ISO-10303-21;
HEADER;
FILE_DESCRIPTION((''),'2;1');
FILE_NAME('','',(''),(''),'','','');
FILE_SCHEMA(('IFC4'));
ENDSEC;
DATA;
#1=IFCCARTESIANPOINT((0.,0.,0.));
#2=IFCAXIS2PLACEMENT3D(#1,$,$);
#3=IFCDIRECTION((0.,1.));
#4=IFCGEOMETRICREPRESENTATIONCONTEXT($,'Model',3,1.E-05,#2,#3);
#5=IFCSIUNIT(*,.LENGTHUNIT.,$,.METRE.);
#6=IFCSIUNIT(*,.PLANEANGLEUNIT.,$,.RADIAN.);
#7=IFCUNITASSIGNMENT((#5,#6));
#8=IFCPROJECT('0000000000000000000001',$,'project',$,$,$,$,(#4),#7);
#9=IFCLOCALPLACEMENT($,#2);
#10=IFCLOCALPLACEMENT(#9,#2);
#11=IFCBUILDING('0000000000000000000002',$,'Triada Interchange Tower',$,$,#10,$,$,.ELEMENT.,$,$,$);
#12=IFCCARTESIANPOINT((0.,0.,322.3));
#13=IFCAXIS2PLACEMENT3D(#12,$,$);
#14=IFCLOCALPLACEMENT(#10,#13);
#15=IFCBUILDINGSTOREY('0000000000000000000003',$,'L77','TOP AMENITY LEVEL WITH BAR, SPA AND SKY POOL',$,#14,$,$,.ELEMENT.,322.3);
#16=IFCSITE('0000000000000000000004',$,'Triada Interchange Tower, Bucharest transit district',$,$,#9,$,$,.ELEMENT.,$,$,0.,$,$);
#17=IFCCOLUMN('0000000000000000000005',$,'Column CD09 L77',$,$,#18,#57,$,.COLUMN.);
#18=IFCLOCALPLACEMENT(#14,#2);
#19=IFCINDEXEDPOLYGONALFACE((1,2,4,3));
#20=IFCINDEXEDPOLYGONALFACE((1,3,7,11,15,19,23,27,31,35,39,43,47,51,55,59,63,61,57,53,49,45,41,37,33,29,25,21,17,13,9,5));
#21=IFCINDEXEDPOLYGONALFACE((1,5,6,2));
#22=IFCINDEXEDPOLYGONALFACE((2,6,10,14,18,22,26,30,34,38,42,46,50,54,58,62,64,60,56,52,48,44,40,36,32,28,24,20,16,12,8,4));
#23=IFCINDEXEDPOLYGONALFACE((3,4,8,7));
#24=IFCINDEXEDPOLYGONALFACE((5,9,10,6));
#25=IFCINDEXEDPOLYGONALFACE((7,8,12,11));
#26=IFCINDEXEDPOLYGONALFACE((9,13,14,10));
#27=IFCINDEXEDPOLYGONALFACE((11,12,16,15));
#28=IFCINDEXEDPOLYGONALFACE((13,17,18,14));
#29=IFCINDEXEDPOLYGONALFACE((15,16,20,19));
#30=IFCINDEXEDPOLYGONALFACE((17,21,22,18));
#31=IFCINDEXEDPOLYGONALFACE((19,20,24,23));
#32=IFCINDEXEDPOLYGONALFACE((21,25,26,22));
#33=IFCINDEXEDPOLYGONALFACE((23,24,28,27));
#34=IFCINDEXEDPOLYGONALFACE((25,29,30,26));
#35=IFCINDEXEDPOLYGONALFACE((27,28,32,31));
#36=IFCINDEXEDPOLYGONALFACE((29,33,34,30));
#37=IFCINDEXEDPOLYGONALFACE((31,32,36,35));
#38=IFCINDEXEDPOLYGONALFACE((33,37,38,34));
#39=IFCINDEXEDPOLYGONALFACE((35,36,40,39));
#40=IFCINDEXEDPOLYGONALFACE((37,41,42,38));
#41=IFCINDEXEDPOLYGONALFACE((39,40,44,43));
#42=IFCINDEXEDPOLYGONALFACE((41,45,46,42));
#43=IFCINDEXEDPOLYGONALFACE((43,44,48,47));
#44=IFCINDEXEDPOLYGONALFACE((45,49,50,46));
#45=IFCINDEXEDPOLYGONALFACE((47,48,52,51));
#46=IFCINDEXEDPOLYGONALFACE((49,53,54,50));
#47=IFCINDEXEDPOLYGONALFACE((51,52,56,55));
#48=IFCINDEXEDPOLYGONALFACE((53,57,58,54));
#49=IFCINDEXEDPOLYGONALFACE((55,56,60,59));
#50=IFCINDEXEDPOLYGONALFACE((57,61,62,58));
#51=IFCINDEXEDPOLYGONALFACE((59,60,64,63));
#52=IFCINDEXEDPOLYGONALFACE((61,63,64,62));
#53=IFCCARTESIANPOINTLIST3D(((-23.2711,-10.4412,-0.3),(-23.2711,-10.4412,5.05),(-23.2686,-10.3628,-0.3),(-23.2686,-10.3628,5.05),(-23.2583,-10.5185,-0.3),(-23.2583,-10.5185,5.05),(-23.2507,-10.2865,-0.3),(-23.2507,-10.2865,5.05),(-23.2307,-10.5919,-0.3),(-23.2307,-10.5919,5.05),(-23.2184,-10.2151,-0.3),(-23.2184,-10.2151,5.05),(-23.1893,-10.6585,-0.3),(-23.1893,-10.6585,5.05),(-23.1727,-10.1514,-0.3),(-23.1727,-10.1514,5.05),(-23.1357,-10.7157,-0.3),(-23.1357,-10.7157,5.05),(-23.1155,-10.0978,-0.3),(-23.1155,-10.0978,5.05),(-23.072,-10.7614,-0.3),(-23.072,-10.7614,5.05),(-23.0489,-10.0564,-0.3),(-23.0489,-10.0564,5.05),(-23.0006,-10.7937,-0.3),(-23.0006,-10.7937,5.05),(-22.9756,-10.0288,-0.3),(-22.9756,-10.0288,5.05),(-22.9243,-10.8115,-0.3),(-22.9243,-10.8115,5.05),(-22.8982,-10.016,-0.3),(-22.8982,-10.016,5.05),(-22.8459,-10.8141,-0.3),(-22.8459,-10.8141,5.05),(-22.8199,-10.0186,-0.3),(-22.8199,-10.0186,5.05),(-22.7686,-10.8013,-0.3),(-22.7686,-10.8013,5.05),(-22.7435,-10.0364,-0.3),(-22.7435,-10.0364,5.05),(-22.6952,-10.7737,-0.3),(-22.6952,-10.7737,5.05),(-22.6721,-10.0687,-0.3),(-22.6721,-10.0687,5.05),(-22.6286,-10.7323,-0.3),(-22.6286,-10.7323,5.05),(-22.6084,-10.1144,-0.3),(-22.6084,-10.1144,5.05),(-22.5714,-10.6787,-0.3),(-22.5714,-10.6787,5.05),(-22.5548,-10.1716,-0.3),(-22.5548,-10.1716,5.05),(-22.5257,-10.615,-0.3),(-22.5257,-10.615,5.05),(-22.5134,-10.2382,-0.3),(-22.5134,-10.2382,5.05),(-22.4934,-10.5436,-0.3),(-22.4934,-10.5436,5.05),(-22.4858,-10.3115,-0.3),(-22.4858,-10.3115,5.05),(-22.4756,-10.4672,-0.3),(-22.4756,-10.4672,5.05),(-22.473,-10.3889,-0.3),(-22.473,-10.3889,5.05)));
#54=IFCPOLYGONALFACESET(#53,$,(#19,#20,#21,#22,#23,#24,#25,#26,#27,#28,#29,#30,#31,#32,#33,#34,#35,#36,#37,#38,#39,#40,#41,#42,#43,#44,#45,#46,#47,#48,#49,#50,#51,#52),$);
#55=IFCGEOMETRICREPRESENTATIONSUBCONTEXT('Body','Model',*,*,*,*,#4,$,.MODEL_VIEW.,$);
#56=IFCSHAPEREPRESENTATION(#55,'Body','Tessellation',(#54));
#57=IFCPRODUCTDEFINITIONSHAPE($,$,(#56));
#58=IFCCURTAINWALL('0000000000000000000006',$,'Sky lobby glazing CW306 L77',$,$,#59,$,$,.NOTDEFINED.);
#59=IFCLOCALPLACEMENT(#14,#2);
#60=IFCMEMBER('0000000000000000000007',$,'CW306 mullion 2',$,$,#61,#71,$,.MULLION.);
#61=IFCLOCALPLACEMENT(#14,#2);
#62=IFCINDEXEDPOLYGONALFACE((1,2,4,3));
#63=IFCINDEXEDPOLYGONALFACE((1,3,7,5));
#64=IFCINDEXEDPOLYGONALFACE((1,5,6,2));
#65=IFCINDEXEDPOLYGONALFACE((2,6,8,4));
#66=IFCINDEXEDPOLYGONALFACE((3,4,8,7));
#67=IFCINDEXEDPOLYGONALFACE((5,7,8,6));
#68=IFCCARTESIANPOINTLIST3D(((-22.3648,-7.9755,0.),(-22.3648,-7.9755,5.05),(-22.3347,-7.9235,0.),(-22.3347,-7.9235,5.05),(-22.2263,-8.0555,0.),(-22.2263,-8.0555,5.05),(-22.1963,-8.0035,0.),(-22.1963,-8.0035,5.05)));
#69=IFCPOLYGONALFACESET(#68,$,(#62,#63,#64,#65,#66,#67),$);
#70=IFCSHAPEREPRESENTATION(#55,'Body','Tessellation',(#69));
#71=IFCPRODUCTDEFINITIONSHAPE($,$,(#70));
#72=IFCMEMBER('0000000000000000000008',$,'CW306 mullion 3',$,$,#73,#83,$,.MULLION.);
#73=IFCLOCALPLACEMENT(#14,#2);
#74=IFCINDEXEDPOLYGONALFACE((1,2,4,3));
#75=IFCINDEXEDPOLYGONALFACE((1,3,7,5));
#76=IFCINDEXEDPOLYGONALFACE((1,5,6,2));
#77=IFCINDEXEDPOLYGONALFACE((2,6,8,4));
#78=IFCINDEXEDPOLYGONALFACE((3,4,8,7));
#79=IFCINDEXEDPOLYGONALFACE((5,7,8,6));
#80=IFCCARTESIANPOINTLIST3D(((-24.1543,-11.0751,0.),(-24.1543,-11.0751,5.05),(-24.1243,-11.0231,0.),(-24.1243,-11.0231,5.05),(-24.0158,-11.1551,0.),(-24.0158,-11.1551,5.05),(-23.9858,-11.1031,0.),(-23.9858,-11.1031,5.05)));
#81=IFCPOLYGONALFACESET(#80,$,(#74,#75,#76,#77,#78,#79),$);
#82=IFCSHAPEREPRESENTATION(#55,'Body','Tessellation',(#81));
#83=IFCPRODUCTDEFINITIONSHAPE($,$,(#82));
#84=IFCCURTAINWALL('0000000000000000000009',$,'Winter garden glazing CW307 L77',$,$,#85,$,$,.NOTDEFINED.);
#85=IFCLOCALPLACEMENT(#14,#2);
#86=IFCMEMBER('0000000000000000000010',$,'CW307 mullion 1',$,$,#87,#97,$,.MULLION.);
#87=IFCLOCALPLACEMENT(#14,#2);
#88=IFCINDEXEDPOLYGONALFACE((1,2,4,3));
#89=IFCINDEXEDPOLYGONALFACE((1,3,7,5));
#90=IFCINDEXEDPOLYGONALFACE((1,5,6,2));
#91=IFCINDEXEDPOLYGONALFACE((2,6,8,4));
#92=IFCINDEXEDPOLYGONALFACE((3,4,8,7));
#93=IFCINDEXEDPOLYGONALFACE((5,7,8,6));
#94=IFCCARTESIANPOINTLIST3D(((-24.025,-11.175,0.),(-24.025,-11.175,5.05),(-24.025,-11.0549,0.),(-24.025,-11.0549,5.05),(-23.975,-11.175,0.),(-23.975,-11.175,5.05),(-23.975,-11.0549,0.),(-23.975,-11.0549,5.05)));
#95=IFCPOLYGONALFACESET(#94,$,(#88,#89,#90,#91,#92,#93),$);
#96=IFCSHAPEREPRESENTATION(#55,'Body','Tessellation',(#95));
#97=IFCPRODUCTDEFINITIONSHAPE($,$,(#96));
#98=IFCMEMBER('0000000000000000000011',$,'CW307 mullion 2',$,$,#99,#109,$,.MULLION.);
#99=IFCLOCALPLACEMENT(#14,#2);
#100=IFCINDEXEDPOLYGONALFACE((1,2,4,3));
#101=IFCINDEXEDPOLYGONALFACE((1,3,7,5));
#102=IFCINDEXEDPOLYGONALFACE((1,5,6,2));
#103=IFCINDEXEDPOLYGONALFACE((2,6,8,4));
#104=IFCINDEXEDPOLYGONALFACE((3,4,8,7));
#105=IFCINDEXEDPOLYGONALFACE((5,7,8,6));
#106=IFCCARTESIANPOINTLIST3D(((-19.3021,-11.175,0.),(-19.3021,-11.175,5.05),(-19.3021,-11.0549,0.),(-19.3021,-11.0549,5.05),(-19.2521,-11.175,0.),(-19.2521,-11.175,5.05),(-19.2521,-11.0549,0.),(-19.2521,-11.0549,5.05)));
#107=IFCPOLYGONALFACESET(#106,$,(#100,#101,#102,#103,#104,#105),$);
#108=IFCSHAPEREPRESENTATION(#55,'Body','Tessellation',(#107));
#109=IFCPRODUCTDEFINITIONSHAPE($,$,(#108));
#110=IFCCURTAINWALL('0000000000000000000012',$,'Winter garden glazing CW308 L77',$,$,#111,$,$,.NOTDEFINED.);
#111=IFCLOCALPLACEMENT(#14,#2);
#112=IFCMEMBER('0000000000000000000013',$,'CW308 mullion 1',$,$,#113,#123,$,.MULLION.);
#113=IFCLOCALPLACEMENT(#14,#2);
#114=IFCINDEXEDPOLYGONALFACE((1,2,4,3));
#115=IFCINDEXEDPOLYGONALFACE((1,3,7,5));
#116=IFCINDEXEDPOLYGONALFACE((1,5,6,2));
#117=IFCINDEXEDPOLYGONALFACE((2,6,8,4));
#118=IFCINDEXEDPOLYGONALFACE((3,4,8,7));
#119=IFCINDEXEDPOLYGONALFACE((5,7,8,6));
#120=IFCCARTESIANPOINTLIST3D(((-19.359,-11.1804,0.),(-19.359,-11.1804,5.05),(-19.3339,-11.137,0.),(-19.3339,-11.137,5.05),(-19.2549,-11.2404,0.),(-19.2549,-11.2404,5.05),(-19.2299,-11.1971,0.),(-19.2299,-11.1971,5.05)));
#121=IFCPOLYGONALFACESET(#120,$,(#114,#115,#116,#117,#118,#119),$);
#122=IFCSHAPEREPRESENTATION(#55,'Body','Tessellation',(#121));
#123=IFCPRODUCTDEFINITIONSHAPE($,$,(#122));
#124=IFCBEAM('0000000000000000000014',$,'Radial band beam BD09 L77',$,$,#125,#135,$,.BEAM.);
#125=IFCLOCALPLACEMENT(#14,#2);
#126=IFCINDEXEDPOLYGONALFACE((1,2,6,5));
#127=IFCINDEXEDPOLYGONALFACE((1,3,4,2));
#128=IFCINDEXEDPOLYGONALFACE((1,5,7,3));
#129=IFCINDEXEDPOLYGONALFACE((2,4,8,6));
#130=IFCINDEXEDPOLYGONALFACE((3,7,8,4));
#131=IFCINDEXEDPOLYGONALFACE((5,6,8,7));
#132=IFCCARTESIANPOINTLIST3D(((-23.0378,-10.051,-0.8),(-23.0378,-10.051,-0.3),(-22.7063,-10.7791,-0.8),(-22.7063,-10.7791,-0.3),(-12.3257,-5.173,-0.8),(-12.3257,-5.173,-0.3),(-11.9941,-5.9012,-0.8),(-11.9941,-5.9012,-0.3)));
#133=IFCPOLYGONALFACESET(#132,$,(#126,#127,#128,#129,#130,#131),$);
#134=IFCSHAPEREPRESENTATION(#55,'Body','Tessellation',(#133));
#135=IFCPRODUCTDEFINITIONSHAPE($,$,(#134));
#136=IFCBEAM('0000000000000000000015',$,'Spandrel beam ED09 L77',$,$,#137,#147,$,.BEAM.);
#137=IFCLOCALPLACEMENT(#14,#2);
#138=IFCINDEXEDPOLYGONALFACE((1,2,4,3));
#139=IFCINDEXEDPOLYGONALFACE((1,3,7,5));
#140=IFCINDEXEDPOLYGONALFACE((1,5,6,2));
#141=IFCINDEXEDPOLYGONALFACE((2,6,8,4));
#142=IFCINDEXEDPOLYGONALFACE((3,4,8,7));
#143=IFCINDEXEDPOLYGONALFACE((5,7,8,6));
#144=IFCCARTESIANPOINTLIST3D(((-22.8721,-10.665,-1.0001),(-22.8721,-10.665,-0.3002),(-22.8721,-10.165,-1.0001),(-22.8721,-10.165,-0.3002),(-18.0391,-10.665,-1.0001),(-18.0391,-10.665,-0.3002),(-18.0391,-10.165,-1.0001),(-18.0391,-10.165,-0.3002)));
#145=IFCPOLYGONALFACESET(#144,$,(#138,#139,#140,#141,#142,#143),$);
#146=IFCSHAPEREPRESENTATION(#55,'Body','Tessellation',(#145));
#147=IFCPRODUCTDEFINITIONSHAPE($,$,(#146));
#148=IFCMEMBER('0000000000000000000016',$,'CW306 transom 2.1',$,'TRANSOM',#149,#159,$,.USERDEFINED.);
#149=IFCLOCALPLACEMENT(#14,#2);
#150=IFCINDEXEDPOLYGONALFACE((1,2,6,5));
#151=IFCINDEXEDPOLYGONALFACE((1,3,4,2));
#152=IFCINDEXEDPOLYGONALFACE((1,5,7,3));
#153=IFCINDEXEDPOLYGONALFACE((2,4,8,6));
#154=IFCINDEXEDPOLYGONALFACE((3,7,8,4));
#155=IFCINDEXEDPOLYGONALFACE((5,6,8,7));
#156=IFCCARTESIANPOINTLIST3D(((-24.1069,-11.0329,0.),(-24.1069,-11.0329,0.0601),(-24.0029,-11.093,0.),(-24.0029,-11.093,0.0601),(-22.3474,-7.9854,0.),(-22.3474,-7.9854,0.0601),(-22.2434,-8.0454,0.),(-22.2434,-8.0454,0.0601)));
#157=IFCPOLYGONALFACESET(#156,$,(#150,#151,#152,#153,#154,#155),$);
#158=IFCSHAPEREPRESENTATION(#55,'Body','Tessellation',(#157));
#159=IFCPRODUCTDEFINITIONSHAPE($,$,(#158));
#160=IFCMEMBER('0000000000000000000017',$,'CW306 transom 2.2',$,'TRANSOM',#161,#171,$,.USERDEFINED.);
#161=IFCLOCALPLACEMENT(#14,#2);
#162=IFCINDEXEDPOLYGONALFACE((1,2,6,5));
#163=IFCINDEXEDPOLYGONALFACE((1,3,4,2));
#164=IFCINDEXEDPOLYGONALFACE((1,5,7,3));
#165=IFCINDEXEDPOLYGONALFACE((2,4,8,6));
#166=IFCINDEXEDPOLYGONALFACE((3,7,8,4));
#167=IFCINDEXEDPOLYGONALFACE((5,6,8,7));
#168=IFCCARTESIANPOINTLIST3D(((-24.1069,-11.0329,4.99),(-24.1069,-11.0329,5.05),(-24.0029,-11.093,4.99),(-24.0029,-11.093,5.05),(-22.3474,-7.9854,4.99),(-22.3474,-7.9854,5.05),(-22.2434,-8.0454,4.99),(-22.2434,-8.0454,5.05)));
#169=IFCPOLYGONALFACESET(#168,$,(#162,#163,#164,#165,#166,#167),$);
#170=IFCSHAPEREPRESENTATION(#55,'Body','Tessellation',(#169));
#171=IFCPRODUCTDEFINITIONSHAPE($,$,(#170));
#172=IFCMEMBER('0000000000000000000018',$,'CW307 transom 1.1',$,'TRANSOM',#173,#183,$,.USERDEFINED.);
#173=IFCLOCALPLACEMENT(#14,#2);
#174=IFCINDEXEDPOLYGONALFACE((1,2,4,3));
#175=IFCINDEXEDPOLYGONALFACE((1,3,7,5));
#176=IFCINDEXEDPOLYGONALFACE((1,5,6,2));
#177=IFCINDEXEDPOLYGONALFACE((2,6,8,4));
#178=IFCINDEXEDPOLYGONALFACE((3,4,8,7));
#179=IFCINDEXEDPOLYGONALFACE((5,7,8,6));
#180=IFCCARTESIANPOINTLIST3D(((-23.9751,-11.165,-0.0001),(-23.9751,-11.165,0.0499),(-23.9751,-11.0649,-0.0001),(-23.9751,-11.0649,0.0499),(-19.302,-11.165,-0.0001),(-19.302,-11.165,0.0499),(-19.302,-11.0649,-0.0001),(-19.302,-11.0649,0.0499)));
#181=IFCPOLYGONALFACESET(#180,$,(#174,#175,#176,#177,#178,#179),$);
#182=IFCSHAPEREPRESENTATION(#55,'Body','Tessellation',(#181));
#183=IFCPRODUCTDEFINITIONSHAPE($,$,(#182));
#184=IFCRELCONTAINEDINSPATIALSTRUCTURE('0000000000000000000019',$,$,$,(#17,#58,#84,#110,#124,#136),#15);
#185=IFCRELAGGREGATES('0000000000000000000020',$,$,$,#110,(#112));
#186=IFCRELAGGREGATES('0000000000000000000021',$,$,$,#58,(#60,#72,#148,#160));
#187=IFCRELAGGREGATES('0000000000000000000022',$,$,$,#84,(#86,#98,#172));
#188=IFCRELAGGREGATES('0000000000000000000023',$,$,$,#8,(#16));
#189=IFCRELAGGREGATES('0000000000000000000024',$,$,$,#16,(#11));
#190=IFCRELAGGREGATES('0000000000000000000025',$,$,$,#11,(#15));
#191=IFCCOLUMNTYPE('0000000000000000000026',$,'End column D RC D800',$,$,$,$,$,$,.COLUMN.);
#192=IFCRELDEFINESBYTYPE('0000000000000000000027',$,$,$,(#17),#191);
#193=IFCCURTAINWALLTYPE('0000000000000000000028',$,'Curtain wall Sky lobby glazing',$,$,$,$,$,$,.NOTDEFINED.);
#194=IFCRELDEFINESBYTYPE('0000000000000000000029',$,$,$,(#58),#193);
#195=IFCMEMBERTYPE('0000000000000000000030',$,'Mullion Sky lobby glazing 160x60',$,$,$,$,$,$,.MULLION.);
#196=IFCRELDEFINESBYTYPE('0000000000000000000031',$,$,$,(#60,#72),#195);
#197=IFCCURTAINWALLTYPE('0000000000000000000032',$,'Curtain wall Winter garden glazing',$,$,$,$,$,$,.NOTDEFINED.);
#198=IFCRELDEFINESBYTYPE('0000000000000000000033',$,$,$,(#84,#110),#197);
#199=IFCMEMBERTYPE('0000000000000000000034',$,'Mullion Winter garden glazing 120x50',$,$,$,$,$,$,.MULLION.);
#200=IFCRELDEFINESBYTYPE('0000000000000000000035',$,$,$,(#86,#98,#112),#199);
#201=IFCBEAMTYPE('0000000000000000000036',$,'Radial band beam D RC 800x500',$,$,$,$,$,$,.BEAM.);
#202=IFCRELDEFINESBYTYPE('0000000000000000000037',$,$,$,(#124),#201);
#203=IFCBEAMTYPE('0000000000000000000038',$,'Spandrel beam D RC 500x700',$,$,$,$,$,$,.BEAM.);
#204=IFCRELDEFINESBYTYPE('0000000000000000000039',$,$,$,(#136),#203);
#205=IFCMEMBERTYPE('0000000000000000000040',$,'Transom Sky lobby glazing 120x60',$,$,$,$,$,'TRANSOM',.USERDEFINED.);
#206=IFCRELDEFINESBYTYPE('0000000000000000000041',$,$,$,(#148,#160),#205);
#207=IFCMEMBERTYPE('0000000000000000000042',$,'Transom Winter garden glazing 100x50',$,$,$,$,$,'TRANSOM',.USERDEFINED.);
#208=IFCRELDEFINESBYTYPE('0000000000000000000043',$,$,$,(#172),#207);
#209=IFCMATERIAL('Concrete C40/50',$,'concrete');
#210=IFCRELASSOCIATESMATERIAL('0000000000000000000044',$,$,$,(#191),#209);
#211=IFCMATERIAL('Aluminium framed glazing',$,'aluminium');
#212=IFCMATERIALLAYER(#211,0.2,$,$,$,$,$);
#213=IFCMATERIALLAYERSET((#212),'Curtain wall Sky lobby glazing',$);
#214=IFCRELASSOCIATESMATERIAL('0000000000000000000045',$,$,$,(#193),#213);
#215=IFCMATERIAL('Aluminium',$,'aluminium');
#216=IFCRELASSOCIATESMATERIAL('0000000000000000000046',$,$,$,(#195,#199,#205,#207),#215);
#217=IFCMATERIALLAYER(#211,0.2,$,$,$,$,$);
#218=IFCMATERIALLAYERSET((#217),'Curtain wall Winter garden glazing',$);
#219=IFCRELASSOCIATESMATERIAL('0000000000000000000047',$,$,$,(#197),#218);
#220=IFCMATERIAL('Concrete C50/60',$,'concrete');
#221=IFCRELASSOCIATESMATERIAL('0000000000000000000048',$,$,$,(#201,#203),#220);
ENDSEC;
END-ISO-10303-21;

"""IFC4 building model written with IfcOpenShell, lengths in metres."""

from ifc_helpers import new_model, si_unit, direction, frame, origin, origin_2d, place, context, subcontext, project, spatial, rectangle, circle, extrude, material, layer, layer_set, material_profile, profile_set, type_object, element, aggregate, save


model = new_model("IFC4")

# Units and contexts
model_context = context("Model", 3, precision=1e-05, world=origin(), true_north=direction((0.0, 1.0)))
body_context = subcontext(model_context, "Body", "Model", "MODEL_VIEW")
ifc_project = project(units=[si_unit("LENGTHUNIT", "METRE"), si_unit("PLANEANGLEUNIT", "RADIAN")], contexts=[model_context])

# Site, building, storey
site_placement = place(None, origin())
site = spatial("IfcSite", under=ifc_project, at=site_placement, Name="Triada Interchange Tower, Bucharest transit district", CompositionType="ELEMENT", RefElevation=0.0)
building_placement = place(site_placement, origin())
building = spatial("IfcBuilding", under=site, at=building_placement, Name="Triada Interchange Tower", CompositionType="ELEMENT")
storey_placement = place(building_placement, frame((0.0, 0.0, 322.3)))
storey = spatial("IfcBuildingStorey", under=building, at=storey_placement, Name="L77", Description="TOP AMENITY LEVEL WITH BAR, SPA AND SKY POOL", CompositionType="ELEMENT", Elevation=322.3)

# Column
ifc_material_1 = material(Name="Concrete C40/50", Category="concrete")
ifc_material_profile_1 = material_profile(ifc_material_1, circle(Radius=0.3999, at=origin_2d()), Name="RC D800")
ifc_profile_set_1 = profile_set([ifc_material_profile_1], Name="Concrete C40/50")
column_type = type_object("IfcColumnType", Name="End column D RC D800", PredefinedType="COLUMN", material=ifc_profile_set_1)
column_placement = place(storey_placement, frame((-22.8721, -10.415, -0.3), z_axis=(0.0, 0.0, 1.0), x_axis=(0.5, 0.866025, 0.0)))
element("IfcColumn", 1, at=column_placement, inside=storey, type_object=column_type, Name="Column CD09 L77", PredefinedType="COLUMN", context=body_context, shape_type="SweptSolid", body=[
    extrude(circle(Radius=0.3999, at=origin_2d()), origin(), (0.0, 0.0, 1.0), 5.3501),
])

# Curtain walls, members
ifc_material_2 = material(Name="Aluminium framed glazing", Category="aluminium")
ifc_layer_1 = layer(ifc_material_2, 0.2)
ifc_layer_set_1 = layer_set([ifc_layer_1], Name="Curtain wall Sky lobby glazing")
curtain_wall_type_1 = type_object("IfcCurtainWallType", Name="Curtain wall Sky lobby glazing", PredefinedType="NOTDEFINED", material=ifc_layer_set_1)
curtain_wall_1_placement = place(storey_placement, origin())
curtain_wall_1 = element("IfcCurtainWall", 2, at=curtain_wall_1_placement, inside=storey, type_object=curtain_wall_type_1, Name="Sky lobby glazing CW306 L77", PredefinedType="NOTDEFINED")
ifc_material_3 = material(Name="Aluminium", Category="aluminium")
ifc_material_profile_2 = material_profile(ifc_material_3, rectangle(XDim=0.1599, YDim=0.0601, at=origin_2d()), Name="Aluminium mullion")
ifc_profile_set_2 = profile_set([ifc_material_profile_2], Name="Aluminium")
member_type_1 = type_object("IfcMemberType", Name="Mullion Sky lobby glazing 160x60", PredefinedType="MULLION", material=ifc_profile_set_2)
member_1_placement = place(storey_placement, frame((-22.2805, -7.9895, 0.0), z_axis=(0.0, 0.0, 1.0), x_axis=(0.866026, -0.499998, 0.0)))
member_1 = element("IfcMember", 3, at=member_1_placement, type_object=member_type_1, Name="CW306 mullion 2", PredefinedType="MULLION", context=body_context, shape_type="SweptSolid", body=[
    extrude(rectangle(XDim=0.1599, YDim=0.0601, at=origin_2d()), origin(), (0.0, 0.0, 1.0), 5.05),
])
member_2_placement = place(storey_placement, frame((-24.0701, -11.0891, 0.0), z_axis=(0.0, 0.0, 1.0), x_axis=(0.866026, -0.499998, 0.0)))
member_2 = element("IfcMember", 4, at=member_2_placement, type_object=member_type_1, Name="CW306 mullion 3", PredefinedType="MULLION", context=body_context, shape_type="SweptSolid", body=[
    extrude(rectangle(XDim=0.1599, YDim=0.0601, at=origin_2d()), origin(), (0.0, 0.0, 1.0), 5.05),
])
ifc_layer_2 = layer(ifc_material_2, 0.2)
ifc_layer_set_2 = layer_set([ifc_layer_2], Name="Curtain wall Winter garden glazing")
curtain_wall_type_2 = type_object("IfcCurtainWallType", Name="Curtain wall Winter garden glazing", PredefinedType="NOTDEFINED", material=ifc_layer_set_2)
curtain_wall_2_placement = place(storey_placement, origin())
curtain_wall_2 = element("IfcCurtainWall", 5, at=curtain_wall_2_placement, inside=storey, type_object=curtain_wall_type_2, Name="Winter garden glazing CW307 L77", PredefinedType="NOTDEFINED")
ifc_material_profile_3 = material_profile(ifc_material_3, rectangle(XDim=0.1201, YDim=0.05, at=origin_2d()), Name="Aluminium mullion")
ifc_profile_set_3 = profile_set([ifc_material_profile_3], Name="Aluminium")
member_type_2 = type_object("IfcMemberType", Name="Mullion Winter garden glazing 120x50", PredefinedType="MULLION", material=ifc_profile_set_3)
member_3_placement = place(storey_placement, frame((-24.0, -11.115, 0.0), z_axis=(0.0, 0.0, 1.0), x_axis=(0.0, 1.0, 0.0)))
member_3 = element("IfcMember", 6, at=member_3_placement, type_object=member_type_2, Name="CW307 mullion 1", PredefinedType="MULLION", context=body_context, shape_type="SweptSolid", body=[
    extrude(rectangle(XDim=0.1201, YDim=0.05, at=origin_2d()), origin(), (0.0, 0.0, 1.0), 5.05),
])
member_4_placement = place(storey_placement, frame((-19.2771, -11.115, 0.0), z_axis=(0.0, 0.0, 1.0), x_axis=(0.0, 1.0, 0.0)))
member_4 = element("IfcMember", 7, at=member_4_placement, type_object=member_type_2, Name="CW307 mullion 2", PredefinedType="MULLION", context=body_context, shape_type="SweptSolid", body=[
    extrude(rectangle(XDim=0.1201, YDim=0.05, at=origin_2d()), origin(), (0.0, 0.0, 1.0), 5.05),
])

# Curtain wall, member
curtain_wall_3_placement = place(storey_placement, origin())
curtain_wall_3 = element("IfcCurtainWall", 8, at=curtain_wall_3_placement, inside=storey, type_object=curtain_wall_type_2, Name="Winter garden glazing CW308 L77", PredefinedType="NOTDEFINED")
member_5_placement = place(storey_placement, frame((-19.2944, -11.1887, 0.0), z_axis=(0.0, 0.0, 1.0), x_axis=(0.866043, -0.49997, 0.0)))
member_5 = element("IfcMember", 9, at=member_5_placement, type_object=member_type_2, Name="CW308 mullion 1", PredefinedType="MULLION", context=body_context, shape_type="SweptSolid", body=[
    extrude(rectangle(XDim=0.1201, YDim=0.05, at=origin_2d()), origin(), (0.0, 0.0, 1.0), 5.05),
])

# Beams
ifc_material_4 = material(Name="Concrete C50/60", Category="concrete")
ifc_material_profile_4 = material_profile(ifc_material_4, rectangle(XDim=0.8, YDim=0.5, at=origin_2d()), Name="RC 800x500")
ifc_profile_set_4 = profile_set([ifc_material_profile_4], Name="Concrete C50/60")
beam_type_1 = type_object("IfcBeamType", Name="Radial band beam D RC 800x500", PredefinedType="BEAM", material=ifc_profile_set_4)
beam_1_placement = place(storey_placement, frame((-22.8721, -10.415, -0.55), z_axis=(0.910086, 0.41442, 0.0), x_axis=(-0.41442, 0.910086, 0.0)))
element("IfcBeam", 10, at=beam_1_placement, inside=storey, type_object=beam_type_1, Name="Radial band beam BD09 L77", PredefinedType="BEAM", context=body_context, shape_type="SweptSolid", body=[
    extrude(rectangle(XDim=0.8, YDim=0.5, at=origin_2d()), origin(), (0.0, 0.0, 1.0), 11.7705),
])
ifc_material_profile_5 = material_profile(ifc_material_4, rectangle(XDim=0.5, YDim=0.7, at=origin_2d()), Name="RC 500x700")
ifc_profile_set_5 = profile_set([ifc_material_profile_5], Name="Concrete C50/60")
beam_type_2 = type_object("IfcBeamType", Name="Spandrel beam D RC 500x700", PredefinedType="BEAM", material=ifc_profile_set_5)
beam_2_placement = place(storey_placement, frame((-22.8721, -10.415, -0.6501), z_axis=(1.0, 0.0, 0.0), x_axis=(0.0, 1.0, 0.0)))
element("IfcBeam", 11, at=beam_2_placement, inside=storey, type_object=beam_type_2, Name="Spandrel beam ED09 L77", PredefinedType="BEAM", context=body_context, shape_type="SweptSolid", body=[
    extrude(rectangle(XDim=0.5, YDim=0.7, at=origin_2d()), origin(), (0.0, 0.0, 1.0), 4.833),
])

# Members
ifc_material_profile_6 = material_profile(ifc_material_3, rectangle(XDim=0.1201, YDim=0.0601, at=origin_2d()), Name="Aluminium transom")
ifc_profile_set_6 = profile_set([ifc_material_profile_6], Name="Aluminium")
member_type_3 = type_object("IfcMemberType", Name="Transom Sky lobby glazing 120x60", ElementType="TRANSOM", PredefinedType="USERDEFINED", material=ifc_profile_set_6)
member_6_placement = place(storey_placement, frame((-22.2954, -8.0154, 0.03), z_axis=(-0.499997, -0.866027, 0.0), x_axis=(0.866027, -0.499997, 0.0)))
member_6 = element("IfcMember", 12, at=member_6_placement, type_object=member_type_3, Name="CW306 transom 2.1", ObjectType="TRANSOM", PredefinedType="USERDEFINED", context=body_context, shape_type="SweptSolid", body=[
    extrude(rectangle(XDim=0.1201, YDim=0.0601, at=origin_2d()), origin(), (0.0, 0.0, 1.0), 3.519),
])
member_7_placement = place(storey_placement, frame((-22.2954, -8.0154, 5.02), z_axis=(-0.499997, -0.866027, 0.0), x_axis=(0.866027, -0.499997, 0.0)))
member_7 = element("IfcMember", 13, at=member_7_placement, type_object=member_type_3, Name="CW306 transom 2.2", ObjectType="TRANSOM", PredefinedType="USERDEFINED", context=body_context, shape_type="SweptSolid", body=[
    extrude(rectangle(XDim=0.1201, YDim=0.0601, at=origin_2d()), origin(), (0.0, 0.0, 1.0), 3.519),
])
ifc_material_profile_7 = material_profile(ifc_material_3, rectangle(XDim=0.1001, YDim=0.05, at=origin_2d()), Name="Aluminium transom")
ifc_profile_set_7 = profile_set([ifc_material_profile_7], Name="Aluminium")
member_type_4 = type_object("IfcMemberType", Name="Transom Winter garden glazing 100x50", ElementType="TRANSOM", PredefinedType="USERDEFINED", material=ifc_profile_set_7)
member_8_placement = place(storey_placement, frame((-23.9751, -11.115, 0.0249), z_axis=(1.0, 0.0, 0.0), x_axis=(0.0, 1.0, 0.0)))
member_8 = element("IfcMember", 14, at=member_8_placement, type_object=member_type_4, Name="CW307 transom 1.1", ObjectType="TRANSOM", PredefinedType="USERDEFINED", context=body_context, shape_type="SweptSolid", body=[
    extrude(rectangle(XDim=0.1001, YDim=0.05, at=origin_2d()), origin(), (0.0, 0.0, 1.0), 4.6731),
])
aggregate(curtain_wall_3, [member_5])

aggregate(curtain_wall_1, [member_1, member_2, member_6, member_7])
aggregate(curtain_wall_2, [member_3, member_4, member_8])

save(model, "model.ifc")
